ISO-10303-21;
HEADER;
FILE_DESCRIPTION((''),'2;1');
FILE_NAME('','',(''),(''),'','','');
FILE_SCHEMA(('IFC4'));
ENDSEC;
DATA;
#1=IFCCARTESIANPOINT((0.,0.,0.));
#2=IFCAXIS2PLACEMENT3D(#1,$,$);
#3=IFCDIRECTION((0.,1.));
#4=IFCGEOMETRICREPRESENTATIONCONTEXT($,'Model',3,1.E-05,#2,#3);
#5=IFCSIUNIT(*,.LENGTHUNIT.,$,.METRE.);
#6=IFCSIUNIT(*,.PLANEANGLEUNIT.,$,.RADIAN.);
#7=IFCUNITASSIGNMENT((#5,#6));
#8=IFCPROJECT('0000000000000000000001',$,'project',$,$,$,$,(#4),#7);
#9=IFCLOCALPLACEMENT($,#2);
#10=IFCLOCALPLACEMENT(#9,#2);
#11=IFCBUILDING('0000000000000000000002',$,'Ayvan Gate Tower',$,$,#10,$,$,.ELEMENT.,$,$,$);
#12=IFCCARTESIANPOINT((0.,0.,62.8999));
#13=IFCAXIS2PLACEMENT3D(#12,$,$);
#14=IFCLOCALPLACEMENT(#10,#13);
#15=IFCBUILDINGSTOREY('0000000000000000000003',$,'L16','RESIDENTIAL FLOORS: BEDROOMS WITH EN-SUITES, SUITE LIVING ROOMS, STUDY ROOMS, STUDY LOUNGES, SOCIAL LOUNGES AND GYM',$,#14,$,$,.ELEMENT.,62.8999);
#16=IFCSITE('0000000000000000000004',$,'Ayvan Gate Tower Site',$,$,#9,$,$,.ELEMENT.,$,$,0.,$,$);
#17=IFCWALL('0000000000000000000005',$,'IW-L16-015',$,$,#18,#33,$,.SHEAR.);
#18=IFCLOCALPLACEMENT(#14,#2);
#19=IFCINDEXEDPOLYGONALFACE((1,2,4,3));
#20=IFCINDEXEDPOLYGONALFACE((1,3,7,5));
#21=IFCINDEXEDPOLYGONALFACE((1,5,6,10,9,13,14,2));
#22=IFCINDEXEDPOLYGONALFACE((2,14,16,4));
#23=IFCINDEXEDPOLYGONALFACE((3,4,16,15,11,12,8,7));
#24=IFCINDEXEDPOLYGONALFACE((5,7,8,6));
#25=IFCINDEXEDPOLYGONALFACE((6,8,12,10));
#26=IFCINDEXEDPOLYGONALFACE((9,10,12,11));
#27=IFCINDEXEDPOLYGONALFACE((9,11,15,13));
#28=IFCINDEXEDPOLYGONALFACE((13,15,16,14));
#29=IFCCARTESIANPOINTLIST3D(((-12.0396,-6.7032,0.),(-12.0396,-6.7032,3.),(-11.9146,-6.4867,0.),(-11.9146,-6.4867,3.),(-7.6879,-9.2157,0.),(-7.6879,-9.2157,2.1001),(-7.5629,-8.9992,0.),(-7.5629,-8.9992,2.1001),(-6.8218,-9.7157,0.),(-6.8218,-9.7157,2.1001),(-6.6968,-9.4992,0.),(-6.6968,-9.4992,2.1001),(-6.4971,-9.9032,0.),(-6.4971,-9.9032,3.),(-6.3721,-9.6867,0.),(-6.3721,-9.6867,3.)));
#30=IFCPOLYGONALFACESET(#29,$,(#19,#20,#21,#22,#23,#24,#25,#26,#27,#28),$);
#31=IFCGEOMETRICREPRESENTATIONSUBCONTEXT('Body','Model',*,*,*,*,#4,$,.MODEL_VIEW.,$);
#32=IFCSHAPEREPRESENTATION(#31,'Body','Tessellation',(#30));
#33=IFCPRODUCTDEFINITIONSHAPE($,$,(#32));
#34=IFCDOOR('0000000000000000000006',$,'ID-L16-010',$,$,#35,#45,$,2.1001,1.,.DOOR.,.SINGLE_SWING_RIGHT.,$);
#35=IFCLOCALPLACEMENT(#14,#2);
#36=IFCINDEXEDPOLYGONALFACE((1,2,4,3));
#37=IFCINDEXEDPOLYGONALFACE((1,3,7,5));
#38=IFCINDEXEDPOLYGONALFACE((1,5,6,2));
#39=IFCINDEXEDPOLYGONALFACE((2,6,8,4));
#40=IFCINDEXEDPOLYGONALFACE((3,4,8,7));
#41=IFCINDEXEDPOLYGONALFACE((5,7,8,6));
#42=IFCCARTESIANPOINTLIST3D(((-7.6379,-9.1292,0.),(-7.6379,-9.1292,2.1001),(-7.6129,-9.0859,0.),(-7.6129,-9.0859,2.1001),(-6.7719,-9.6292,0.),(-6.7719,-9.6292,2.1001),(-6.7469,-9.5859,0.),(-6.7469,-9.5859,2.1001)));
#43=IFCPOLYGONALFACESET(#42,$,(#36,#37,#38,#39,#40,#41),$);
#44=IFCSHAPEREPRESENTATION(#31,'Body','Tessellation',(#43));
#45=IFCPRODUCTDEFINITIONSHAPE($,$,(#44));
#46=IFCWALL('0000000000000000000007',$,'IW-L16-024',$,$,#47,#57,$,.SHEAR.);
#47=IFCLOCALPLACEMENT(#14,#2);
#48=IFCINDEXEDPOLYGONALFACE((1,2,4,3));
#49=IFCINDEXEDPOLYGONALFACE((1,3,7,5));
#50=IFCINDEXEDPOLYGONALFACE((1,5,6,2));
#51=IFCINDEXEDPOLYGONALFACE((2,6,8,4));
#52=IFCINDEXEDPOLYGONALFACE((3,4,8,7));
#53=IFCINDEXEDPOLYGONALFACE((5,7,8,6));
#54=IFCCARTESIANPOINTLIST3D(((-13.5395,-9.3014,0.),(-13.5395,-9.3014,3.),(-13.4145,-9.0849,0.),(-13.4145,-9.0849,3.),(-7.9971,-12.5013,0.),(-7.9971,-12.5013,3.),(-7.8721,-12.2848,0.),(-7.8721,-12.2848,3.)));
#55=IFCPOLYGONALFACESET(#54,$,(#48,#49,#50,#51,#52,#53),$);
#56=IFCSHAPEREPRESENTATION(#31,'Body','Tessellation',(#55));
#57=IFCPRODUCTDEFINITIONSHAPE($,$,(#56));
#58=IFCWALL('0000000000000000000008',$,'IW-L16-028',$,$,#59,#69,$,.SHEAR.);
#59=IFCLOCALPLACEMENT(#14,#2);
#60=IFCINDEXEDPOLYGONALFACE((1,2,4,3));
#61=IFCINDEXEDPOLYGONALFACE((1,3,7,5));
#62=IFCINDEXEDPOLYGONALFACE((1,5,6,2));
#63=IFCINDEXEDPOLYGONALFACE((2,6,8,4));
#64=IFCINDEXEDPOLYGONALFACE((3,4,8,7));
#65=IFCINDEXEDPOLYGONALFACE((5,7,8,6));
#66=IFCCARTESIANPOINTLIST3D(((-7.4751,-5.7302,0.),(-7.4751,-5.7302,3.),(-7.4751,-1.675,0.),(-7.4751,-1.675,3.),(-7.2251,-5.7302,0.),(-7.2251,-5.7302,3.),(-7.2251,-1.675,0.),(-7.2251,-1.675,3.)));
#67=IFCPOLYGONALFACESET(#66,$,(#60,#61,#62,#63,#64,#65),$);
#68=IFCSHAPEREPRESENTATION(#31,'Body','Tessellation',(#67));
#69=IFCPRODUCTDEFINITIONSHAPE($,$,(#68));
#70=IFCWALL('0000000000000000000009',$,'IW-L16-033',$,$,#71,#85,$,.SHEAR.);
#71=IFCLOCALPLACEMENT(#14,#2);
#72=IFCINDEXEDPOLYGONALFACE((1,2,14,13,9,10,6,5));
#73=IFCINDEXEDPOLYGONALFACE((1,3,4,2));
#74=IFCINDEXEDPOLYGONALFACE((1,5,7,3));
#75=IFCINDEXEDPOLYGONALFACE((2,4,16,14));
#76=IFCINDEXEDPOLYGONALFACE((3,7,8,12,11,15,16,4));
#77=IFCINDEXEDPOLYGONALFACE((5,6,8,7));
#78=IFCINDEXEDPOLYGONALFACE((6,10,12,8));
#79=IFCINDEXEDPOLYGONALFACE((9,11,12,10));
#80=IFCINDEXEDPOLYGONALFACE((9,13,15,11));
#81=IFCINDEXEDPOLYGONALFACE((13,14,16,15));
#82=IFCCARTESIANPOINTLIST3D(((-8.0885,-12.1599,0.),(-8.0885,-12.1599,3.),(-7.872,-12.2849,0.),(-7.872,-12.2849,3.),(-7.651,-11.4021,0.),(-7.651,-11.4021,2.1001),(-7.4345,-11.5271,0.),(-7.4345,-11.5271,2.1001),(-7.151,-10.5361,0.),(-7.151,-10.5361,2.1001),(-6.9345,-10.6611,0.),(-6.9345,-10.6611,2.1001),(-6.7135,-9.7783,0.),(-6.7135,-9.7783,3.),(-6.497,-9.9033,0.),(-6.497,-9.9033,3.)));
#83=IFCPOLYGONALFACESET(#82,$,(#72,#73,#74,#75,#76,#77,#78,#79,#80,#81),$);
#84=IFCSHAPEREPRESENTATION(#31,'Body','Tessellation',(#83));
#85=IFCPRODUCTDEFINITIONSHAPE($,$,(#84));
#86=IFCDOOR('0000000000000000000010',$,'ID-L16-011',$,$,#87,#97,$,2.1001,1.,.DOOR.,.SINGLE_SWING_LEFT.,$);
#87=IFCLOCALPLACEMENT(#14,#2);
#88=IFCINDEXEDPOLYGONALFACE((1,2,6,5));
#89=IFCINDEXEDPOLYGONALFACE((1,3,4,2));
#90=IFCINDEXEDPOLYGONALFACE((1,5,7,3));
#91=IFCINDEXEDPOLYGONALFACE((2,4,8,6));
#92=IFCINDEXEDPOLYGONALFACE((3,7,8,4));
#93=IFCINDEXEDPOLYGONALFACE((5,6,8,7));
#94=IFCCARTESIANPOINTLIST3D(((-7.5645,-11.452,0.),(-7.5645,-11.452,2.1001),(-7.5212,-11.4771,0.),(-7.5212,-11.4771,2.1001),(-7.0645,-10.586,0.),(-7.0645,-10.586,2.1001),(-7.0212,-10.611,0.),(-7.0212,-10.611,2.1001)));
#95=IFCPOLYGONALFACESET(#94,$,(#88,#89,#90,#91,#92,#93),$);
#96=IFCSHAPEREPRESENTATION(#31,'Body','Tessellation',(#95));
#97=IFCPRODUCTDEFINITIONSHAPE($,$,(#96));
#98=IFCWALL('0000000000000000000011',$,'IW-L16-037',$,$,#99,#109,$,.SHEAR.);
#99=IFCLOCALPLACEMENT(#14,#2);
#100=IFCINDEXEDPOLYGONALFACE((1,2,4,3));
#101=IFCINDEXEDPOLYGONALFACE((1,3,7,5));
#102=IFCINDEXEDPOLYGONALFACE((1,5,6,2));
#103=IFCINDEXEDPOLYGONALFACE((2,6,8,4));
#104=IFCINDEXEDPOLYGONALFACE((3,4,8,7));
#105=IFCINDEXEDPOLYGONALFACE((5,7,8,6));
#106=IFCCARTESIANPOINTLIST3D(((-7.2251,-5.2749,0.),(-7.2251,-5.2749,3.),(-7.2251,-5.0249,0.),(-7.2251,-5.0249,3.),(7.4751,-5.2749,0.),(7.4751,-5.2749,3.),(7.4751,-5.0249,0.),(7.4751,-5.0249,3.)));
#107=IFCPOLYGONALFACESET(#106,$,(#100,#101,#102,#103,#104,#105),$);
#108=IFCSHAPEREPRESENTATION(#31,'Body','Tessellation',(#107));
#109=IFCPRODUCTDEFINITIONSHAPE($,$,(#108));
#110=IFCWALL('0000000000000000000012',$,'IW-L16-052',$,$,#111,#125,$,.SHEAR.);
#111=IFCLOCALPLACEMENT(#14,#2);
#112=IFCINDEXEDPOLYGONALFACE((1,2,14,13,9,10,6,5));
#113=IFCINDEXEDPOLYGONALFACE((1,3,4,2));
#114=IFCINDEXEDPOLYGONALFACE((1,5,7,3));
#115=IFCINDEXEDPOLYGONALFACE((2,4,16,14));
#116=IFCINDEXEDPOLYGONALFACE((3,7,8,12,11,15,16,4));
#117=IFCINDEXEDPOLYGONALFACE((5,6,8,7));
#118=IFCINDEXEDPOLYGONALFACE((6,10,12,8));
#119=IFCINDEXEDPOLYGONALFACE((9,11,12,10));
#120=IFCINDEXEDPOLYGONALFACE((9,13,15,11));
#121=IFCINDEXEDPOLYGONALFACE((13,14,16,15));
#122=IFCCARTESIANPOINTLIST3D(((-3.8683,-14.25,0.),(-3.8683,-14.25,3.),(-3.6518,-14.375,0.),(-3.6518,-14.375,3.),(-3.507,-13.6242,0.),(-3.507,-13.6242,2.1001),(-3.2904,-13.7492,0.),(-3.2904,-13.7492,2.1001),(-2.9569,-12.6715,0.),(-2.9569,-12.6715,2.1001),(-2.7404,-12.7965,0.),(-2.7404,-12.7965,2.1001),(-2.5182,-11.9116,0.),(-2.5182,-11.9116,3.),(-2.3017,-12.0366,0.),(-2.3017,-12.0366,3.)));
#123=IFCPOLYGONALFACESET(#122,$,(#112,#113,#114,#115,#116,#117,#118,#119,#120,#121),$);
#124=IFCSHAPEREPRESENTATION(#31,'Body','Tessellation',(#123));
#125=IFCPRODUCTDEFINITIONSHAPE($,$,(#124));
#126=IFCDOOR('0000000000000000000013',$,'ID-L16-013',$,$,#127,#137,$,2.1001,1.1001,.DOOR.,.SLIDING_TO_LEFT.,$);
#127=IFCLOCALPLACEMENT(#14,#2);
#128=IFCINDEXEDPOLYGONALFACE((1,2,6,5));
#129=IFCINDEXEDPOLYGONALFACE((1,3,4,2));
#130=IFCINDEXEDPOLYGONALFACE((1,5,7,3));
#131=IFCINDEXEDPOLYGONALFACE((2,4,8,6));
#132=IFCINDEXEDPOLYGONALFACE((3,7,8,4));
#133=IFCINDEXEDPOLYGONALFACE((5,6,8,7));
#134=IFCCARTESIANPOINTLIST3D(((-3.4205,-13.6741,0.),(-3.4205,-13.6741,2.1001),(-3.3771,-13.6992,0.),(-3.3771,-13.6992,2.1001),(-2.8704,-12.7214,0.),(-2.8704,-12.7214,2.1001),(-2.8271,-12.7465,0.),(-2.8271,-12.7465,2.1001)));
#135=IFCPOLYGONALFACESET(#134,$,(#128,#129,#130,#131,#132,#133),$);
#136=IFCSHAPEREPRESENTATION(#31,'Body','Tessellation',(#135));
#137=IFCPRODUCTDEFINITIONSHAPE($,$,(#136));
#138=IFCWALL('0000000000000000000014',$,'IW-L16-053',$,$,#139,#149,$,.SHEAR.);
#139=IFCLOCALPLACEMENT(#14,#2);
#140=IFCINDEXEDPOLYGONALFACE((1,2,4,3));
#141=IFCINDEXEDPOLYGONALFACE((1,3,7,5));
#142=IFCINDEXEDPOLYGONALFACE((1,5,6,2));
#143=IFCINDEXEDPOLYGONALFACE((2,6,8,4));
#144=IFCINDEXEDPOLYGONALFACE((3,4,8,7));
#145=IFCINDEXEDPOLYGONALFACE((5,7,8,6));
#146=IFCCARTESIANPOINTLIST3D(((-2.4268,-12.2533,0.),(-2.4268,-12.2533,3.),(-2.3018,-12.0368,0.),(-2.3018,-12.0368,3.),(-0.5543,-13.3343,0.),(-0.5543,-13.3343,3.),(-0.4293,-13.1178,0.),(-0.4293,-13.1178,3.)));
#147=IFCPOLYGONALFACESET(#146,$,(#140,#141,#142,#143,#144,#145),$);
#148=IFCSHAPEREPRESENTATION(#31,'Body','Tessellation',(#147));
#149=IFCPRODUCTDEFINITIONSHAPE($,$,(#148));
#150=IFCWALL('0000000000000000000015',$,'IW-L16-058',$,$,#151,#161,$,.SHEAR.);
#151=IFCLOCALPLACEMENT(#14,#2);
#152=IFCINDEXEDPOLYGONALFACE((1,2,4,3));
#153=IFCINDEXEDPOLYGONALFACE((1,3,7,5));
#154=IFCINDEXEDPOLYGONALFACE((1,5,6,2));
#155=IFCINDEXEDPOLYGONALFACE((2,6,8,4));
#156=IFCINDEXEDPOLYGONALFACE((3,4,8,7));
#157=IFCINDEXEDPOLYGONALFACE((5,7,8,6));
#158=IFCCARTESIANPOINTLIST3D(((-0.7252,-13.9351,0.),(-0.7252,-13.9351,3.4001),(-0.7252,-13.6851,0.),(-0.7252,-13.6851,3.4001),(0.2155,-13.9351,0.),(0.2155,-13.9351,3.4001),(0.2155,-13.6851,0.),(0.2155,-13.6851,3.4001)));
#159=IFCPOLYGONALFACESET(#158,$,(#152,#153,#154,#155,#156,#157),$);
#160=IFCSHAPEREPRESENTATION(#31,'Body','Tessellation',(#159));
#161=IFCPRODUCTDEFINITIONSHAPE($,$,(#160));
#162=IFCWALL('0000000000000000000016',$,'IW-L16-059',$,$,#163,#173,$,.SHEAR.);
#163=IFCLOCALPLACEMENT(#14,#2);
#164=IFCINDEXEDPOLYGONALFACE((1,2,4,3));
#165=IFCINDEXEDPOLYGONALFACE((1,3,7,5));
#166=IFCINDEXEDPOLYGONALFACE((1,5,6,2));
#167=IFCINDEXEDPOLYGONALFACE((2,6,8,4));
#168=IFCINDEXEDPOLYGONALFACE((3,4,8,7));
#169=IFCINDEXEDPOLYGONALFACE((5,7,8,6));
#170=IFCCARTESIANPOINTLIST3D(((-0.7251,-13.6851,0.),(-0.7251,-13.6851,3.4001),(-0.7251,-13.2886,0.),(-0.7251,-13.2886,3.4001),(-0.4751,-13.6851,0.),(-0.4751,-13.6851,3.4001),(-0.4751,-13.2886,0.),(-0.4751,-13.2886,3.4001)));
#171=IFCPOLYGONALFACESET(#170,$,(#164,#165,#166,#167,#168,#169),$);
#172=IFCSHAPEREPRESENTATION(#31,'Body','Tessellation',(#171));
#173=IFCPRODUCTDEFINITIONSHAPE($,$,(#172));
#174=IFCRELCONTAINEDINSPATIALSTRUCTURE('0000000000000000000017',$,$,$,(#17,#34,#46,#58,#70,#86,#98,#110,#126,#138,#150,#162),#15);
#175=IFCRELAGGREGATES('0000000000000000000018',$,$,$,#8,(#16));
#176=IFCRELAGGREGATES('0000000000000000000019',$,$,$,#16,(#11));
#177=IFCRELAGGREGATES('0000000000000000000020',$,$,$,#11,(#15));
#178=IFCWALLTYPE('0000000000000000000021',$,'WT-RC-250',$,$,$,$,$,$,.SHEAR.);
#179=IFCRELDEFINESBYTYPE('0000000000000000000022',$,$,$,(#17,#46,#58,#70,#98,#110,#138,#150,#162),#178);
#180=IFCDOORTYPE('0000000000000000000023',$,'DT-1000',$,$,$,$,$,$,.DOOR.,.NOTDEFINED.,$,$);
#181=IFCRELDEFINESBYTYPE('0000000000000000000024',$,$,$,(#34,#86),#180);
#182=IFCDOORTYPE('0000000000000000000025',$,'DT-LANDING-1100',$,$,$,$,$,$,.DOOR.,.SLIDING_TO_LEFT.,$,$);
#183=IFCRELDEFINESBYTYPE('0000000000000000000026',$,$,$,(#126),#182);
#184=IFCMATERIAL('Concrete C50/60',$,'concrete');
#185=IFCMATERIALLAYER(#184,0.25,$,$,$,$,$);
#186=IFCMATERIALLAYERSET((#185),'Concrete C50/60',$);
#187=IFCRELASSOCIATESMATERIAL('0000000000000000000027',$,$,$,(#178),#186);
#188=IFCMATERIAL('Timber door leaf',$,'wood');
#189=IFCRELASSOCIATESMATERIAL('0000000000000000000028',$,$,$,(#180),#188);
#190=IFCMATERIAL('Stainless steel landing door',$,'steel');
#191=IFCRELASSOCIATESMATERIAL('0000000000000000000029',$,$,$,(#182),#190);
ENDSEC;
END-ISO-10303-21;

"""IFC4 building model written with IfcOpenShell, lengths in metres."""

from ifc_helpers import new_model, si_unit, direction, frame, frame_2d, origin, place, context, subcontext, project, spatial, rectangle, extrude, material, layer, layer_set, type_object, element, fill, save


model = new_model("IFC4")

# Units and contexts
model_context = context("Model", 3, precision=1e-05, world=origin(), true_north=direction((0.0, 1.0)))
body_context = subcontext(model_context, "Body", "Model", "MODEL_VIEW")
ifc_project = project(units=[si_unit("LENGTHUNIT", "METRE"), si_unit("PLANEANGLEUNIT", "RADIAN")], contexts=[model_context])

# Site, building, storey
site_placement = place(None, origin())
site = spatial("IfcSite", under=ifc_project, at=site_placement, Name="Ayvan Gate Tower Site", CompositionType="ELEMENT", RefElevation=0.0)
building_placement = place(site_placement, origin())
building = spatial("IfcBuilding", under=site, at=building_placement, Name="Ayvan Gate Tower", CompositionType="ELEMENT")
storey_placement = place(building_placement, frame((0.0, 0.0, 62.8999)))
storey = spatial("IfcBuildingStorey", under=building, at=storey_placement, Name="L16", Description="RESIDENTIAL FLOORS: BEDROOMS WITH EN-SUITES, SUITE LIVING ROOMS, STUDY ROOMS, STUDY LOUNGES, SOCIAL LOUNGES AND GYM", CompositionType="ELEMENT", Elevation=62.8999)

# Shared definitions
ifc_material_1 = material(Name="Timber door leaf", Category="wood")

# Wall, opening, door
ifc_material_2 = material(Name="Concrete C50/60", Category="concrete")
ifc_layer_1 = layer(ifc_material_2, 0.25)
ifc_layer_set_1 = layer_set([ifc_layer_1], Name="Concrete C50/60")
wall_type_1 = type_object("IfcWallType", Name="WT-RC-250", PredefinedType="SHEAR", material=ifc_layer_set_1)
wall_1_placement = place(storey_placement, frame((-11.9771, -6.595, 0.0), z_axis=(0.0, 0.0, 1.0), x_axis=(0.866025, -0.5, 0.0)))
wall_1 = element("IfcWall", 1, at=wall_1_placement, inside=storey, type_object=wall_type_1, Name="IW-L16-015", PredefinedType="SHEAR", context=body_context, shape_type="SweptSolid", body=[
    extrude(rectangle(XDim=6.3999, YDim=0.25, at=frame_2d((3.2, 0.0))), origin(), (0.0, 0.0, 1.0), 3.0),
])
opening_1_placement = place(wall_1_placement, frame((5.0249, 0.0, 0.0)))
opening_1 = element("IfcOpeningElement", 2, at=opening_1_placement, cuts=wall_1, PredefinedType="OPENING", context=body_context, shape_type="SweptSolid", body=[
    extrude(rectangle(XDim=1.0, YDim=2.1001, at=frame_2d((0.5, 1.05))), frame((0.0, 0.135, 0.0), z_axis=(0.0, -1.0, 0.0), x_axis=(1.0, 0.0, 0.0)), (0.0, 0.0, 1.0), 0.27),
])
door_type_1 = type_object("IfcDoorType", Name="DT-1000", OperationType="NOTDEFINED", PredefinedType="DOOR", material=ifc_material_1)
door_1_placement = place(opening_1_placement, origin())
door_1 = element("IfcDoor", 3, at=door_1_placement, inside=storey, type_object=door_type_1, Name="ID-L16-010", OperationType="SINGLE_SWING_RIGHT", OverallHeight=2.1001, OverallWidth=1.0, PredefinedType="DOOR", context=body_context, shape_type="SweptSolid", body=[
    extrude(rectangle(XDim=1.0, YDim=2.1001, at=frame_2d((0.5, 1.05))), frame((0.0, 0.0249, 0.0), z_axis=(0.0, -1.0, 0.0), x_axis=(1.0, 0.0, 0.0)), (0.0, 0.0, 1.0), 0.05),
])
fill(opening_1, door_1)

# Walls
wall_2_placement = place(storey_placement, frame((-7.9346, -12.3931, 0.0), z_axis=(0.0, 0.0, 1.0), x_axis=(-0.866025, 0.5, 0.0)))
element("IfcWall", 4, at=wall_2_placement, inside=storey, type_object=wall_type_1, Name="IW-L16-024", PredefinedType="SHEAR", context=body_context, shape_type="SweptSolid", body=[
    extrude(rectangle(XDim=6.3999, YDim=0.25, at=frame_2d((3.2, 0.0))), origin(), (0.0, 0.0, 1.0), 3.0),
])
wall_3_placement = place(storey_placement, frame((-7.3501, -5.7302, 0.0), z_axis=(0.0, 0.0, 1.0), x_axis=(0.0, 1.0, 0.0)))
element("IfcWall", 5, at=wall_3_placement, inside=storey, type_object=wall_type_1, Name="IW-L16-028", PredefinedType="SHEAR", context=body_context, shape_type="SweptSolid", body=[
    extrude(rectangle(XDim=4.0552, YDim=0.25, at=frame_2d((2.0276, 0.0))), origin(), (0.0, 0.0, 1.0), 3.0),
])

# Wall, opening, door
wall_4_placement = place(storey_placement, frame((-6.6052, -9.8408, 0.0), z_axis=(0.0, 0.0, 1.0), x_axis=(-0.499997, -0.866027, 0.0)))
wall_4 = element("IfcWall", 6, at=wall_4_placement, inside=storey, type_object=wall_type_1, Name="IW-L16-033", PredefinedType="SHEAR", context=body_context, shape_type="SweptSolid", body=[
    extrude(rectangle(XDim=2.75, YDim=0.25, at=frame_2d((1.375, 0.0))), origin(), (0.0, 0.0, 1.0), 3.0),
])
opening_2_placement = place(wall_4_placement, frame((0.875, 0.0, 0.0)))
opening_2 = element("IfcOpeningElement", 7, at=opening_2_placement, cuts=wall_4, PredefinedType="OPENING", context=body_context, shape_type="SweptSolid", body=[
    extrude(rectangle(XDim=1.0, YDim=2.1001, at=frame_2d((0.5, 1.05))), frame((0.0, 0.135, 0.0), z_axis=(0.0, -1.0, 0.0), x_axis=(1.0, 0.0, 0.0)), (0.0, 0.0, 1.0), 0.27),
])
door_2_placement = place(opening_2_placement, origin())
door_2 = element("IfcDoor", 8, at=door_2_placement, inside=storey, type_object=door_type_1, Name="ID-L16-011", OperationType="SINGLE_SWING_LEFT", OverallHeight=2.1001, OverallWidth=1.0, PredefinedType="DOOR", context=body_context, shape_type="SweptSolid", body=[
    extrude(rectangle(XDim=1.0, YDim=2.1001, at=frame_2d((0.5, 1.05))), frame((0.0, 0.0249, 0.0), z_axis=(0.0, -1.0, 0.0), x_axis=(1.0, 0.0, 0.0)), (0.0, 0.0, 1.0), 0.05),
])
fill(opening_2, door_2)

# Wall
wall_5_placement = place(storey_placement, frame((-7.2251, -5.1499, 0.0), z_axis=(0.0, 0.0, 1.0), x_axis=(1.0, 0.0, 0.0)))
element("IfcWall", 9, at=wall_5_placement, inside=storey, type_object=wall_type_1, Name="IW-L16-037", PredefinedType="SHEAR", context=body_context, shape_type="SweptSolid", body=[
    extrude(rectangle(XDim=14.7002, YDim=0.25, at=frame_2d((7.3501, 0.0))), origin(), (0.0, 0.0, 1.0), 3.0),
])

# Wall, opening, door
wall_6_placement = place(storey_placement, frame((-2.4099, -11.9741, 0.0), z_axis=(0.0, 0.0, 1.0), x_axis=(-0.500009, -0.86602, 0.0)))
wall_6 = element("IfcWall", 10, at=wall_6_placement, inside=storey, type_object=wall_type_1, Name="IW-L16-052", PredefinedType="SHEAR", context=body_context, shape_type="SweptSolid", body=[
    extrude(rectangle(XDim=2.7002, YDim=0.25, at=frame_2d((1.3501, 0.0))), origin(), (0.0, 0.0, 1.0), 3.0),
])
opening_3_placement = place(wall_6_placement, frame((0.8774, 0.0, 0.0)))
opening_3 = element("IfcOpeningElement", 11, at=opening_3_placement, cuts=wall_6, PredefinedType="OPENING", context=body_context, shape_type="SweptSolid", body=[
    extrude(rectangle(XDim=1.1001, YDim=2.1001, at=frame_2d((0.55, 1.05))), frame((0.0, 0.135, 0.0), z_axis=(0.0, -1.0, 0.0), x_axis=(1.0, 0.0, 0.0)), (0.0, 0.0, 1.0), 0.27),
])
ifc_material_3 = material(Name="Stainless steel landing door", Category="steel")
door_type_2 = type_object("IfcDoorType", Name="DT-LANDING-1100", OperationType="SLIDING_TO_LEFT", PredefinedType="DOOR", material=ifc_material_3)
door_3_placement = place(opening_3_placement, origin())
door_3 = element("IfcDoor", 12, at=door_3_placement, inside=storey, type_object=door_type_2, Name="ID-L16-013", OperationType="SLIDING_TO_LEFT", OverallHeight=2.1001, OverallWidth=1.1001, PredefinedType="DOOR", context=body_context, shape_type="SweptSolid", body=[
    extrude(rectangle(XDim=1.1001, YDim=2.1001, at=frame_2d((0.55, 1.05))), frame((0.0, 0.0249, 0.0), z_axis=(0.0, -1.0, 0.0), x_axis=(1.0, 0.0, 0.0)), (0.0, 0.0, 1.0), 0.05),
])
fill(opening_3, door_3)

# Walls
wall_7_placement = place(storey_placement, frame((-2.3643, -12.145, 0.0), z_axis=(0.0, 0.0, 1.0), x_axis=(0.866039, -0.499977, 0.0)))
element("IfcWall", 13, at=wall_7_placement, inside=storey, type_object=wall_type_1, Name="IW-L16-053", PredefinedType="SHEAR", context=body_context, shape_type="SweptSolid", body=[
    extrude(rectangle(XDim=2.1621, YDim=0.25, at=frame_2d((1.0811, 0.0))), origin(), (0.0, 0.0, 1.0), 3.0),
])
wall_8_placement = place(storey_placement, frame((-0.7251, -13.8101, 0.0), z_axis=(0.0, 0.0, 1.0), x_axis=(1.0, 0.0, 0.0)))
element("IfcWall", 14, at=wall_8_placement, inside=storey, type_object=wall_type_1, Name="IW-L16-058", PredefinedType="SHEAR", context=body_context, shape_type="SweptSolid", body=[
    extrude(rectangle(XDim=0.9407, YDim=0.25, at=frame_2d((0.4702, 0.0))), origin(), (0.0, 0.0, 1.0), 3.4001),
])
wall_9_placement = place(storey_placement, frame((-0.6001, -13.2886, 0.0), z_axis=(0.0, 0.0, 1.0), x_axis=(0.0, -1.0, 0.0)))
element("IfcWall", 15, at=wall_9_placement, inside=storey, type_object=wall_type_1, Name="IW-L16-059", PredefinedType="SHEAR", context=body_context, shape_type="SweptSolid", body=[
    extrude(rectangle(XDim=0.3965, YDim=0.25, at=frame_2d((0.1982, 0.0))), origin(), (0.0, 0.0, 1.0), 3.4001),
])

save(model, "model.ifc")
